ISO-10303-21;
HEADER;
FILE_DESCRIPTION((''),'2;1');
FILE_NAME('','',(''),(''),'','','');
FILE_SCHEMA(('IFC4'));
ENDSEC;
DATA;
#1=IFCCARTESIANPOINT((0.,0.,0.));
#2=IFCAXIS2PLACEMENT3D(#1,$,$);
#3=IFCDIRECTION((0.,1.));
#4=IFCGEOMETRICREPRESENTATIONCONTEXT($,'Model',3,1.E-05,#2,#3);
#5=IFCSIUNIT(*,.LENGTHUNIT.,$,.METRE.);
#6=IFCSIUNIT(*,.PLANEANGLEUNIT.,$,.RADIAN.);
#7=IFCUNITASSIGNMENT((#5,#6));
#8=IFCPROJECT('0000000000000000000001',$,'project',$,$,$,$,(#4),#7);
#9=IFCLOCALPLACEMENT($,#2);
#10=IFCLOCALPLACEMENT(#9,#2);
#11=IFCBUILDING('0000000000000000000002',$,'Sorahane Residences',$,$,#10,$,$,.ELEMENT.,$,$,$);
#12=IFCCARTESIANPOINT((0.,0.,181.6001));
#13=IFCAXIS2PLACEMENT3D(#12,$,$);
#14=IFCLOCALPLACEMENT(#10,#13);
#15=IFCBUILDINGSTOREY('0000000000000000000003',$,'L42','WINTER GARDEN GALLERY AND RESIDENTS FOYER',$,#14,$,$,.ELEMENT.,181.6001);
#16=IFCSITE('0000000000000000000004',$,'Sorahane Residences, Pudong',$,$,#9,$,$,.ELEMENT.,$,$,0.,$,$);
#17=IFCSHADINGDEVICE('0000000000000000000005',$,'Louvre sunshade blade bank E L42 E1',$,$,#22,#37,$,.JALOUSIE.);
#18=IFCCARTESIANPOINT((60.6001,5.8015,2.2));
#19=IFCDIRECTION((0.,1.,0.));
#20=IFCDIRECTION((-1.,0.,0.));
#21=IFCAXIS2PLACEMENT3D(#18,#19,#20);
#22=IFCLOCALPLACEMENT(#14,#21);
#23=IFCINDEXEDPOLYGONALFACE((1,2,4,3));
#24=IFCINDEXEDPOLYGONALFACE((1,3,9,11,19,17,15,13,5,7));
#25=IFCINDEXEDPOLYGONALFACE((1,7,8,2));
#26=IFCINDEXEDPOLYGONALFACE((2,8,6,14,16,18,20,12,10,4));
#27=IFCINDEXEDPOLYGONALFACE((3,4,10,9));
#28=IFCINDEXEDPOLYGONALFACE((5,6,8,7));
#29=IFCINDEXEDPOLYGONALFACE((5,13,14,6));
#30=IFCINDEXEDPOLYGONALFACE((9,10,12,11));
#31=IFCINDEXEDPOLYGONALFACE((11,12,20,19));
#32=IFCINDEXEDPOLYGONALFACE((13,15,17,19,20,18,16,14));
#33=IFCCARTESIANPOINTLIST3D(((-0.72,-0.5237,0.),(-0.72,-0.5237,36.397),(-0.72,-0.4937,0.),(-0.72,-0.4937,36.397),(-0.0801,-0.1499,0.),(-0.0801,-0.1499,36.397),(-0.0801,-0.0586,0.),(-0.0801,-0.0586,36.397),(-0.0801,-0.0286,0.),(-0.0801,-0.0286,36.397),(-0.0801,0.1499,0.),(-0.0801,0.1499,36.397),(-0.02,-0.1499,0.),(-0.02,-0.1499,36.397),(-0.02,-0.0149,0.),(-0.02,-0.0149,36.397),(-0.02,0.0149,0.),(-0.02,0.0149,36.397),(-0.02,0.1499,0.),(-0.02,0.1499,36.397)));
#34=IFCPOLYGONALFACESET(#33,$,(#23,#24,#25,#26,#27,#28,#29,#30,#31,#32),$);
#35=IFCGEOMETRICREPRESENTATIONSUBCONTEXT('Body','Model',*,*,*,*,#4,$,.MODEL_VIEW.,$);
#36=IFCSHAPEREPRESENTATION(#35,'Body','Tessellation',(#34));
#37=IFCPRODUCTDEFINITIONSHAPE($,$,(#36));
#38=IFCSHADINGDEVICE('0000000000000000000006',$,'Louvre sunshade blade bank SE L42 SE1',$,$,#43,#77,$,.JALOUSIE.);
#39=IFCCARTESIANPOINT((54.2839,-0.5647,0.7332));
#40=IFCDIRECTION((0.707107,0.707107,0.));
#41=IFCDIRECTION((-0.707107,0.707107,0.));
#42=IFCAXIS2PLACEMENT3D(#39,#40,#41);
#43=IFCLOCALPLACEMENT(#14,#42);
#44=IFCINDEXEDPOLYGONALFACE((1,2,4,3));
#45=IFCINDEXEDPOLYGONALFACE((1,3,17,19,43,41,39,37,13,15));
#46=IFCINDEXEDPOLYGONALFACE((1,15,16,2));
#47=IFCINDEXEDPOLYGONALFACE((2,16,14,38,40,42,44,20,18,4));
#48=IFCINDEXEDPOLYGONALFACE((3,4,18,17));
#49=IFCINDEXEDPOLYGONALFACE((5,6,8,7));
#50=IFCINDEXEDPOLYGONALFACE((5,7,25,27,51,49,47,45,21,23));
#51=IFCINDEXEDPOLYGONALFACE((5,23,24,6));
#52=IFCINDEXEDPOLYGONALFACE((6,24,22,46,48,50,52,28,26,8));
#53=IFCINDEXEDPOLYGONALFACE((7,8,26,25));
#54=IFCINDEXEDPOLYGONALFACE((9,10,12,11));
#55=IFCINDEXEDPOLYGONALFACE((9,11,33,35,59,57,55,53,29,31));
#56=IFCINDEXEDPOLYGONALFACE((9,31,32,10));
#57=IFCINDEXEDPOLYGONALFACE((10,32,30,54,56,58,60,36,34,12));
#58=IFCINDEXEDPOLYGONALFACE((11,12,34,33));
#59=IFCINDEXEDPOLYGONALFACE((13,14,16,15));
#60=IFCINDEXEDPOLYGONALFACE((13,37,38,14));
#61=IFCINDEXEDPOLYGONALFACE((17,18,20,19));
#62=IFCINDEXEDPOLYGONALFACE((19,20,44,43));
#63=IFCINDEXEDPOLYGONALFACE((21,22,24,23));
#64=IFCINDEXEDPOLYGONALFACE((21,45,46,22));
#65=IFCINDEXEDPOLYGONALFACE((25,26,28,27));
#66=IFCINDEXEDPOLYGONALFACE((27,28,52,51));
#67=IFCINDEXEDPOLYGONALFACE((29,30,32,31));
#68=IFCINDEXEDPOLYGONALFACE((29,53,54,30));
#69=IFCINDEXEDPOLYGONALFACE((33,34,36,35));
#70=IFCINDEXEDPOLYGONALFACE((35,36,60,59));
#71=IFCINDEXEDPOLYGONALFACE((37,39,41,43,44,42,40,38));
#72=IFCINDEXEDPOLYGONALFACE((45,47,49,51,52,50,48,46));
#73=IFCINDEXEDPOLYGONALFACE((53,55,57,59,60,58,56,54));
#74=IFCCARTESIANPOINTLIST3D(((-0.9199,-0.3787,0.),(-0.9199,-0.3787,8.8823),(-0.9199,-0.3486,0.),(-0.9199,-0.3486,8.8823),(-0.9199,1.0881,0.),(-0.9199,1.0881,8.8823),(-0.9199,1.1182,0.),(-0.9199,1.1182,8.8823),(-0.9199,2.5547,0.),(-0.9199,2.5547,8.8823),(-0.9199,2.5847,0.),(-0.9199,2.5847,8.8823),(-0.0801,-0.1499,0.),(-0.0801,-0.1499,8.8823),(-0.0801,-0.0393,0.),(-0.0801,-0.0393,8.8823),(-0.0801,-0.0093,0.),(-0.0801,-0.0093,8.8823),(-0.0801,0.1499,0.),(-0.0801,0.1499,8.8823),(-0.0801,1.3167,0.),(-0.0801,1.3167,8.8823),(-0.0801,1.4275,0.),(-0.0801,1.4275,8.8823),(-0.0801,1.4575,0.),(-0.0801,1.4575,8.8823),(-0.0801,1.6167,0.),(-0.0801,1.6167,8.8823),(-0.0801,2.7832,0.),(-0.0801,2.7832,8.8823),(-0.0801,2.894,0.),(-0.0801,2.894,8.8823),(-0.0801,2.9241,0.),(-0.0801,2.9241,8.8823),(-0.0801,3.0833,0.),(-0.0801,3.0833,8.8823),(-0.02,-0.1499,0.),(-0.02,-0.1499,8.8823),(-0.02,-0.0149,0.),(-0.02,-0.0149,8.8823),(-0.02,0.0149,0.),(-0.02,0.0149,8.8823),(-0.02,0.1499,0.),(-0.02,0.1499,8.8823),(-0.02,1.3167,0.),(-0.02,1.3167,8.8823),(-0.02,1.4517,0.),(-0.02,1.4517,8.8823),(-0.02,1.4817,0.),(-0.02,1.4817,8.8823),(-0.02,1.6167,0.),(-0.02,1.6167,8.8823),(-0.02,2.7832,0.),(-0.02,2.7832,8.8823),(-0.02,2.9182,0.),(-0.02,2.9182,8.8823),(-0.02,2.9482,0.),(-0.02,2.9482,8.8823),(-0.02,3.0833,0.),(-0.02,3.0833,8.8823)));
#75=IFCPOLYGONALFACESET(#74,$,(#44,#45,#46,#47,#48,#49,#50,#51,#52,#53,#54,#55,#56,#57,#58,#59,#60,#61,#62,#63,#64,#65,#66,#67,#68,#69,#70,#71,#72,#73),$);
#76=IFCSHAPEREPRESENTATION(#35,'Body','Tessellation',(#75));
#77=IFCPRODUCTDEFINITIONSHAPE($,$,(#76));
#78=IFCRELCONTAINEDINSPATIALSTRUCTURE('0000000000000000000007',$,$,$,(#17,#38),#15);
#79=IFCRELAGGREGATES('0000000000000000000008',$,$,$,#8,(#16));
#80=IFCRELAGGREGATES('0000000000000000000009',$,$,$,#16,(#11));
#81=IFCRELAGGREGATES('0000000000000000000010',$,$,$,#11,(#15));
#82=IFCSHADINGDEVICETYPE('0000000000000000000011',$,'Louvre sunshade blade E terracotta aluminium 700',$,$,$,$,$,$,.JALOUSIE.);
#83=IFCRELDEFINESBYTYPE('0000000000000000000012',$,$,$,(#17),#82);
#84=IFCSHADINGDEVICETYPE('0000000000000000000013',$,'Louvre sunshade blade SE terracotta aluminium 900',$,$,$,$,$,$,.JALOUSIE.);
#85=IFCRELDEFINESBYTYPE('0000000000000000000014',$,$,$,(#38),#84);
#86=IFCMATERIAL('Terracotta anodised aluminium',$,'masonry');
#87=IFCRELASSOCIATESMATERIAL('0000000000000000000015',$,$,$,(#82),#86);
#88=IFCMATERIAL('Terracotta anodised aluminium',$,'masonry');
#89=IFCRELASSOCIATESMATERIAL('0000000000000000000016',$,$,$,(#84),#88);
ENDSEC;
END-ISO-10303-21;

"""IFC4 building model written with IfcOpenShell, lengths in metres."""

from ifc_helpers import new_model, si_unit, direction, frame, origin, place, context, subcontext, project, spatial, polyline, outline, composite_profile, extrude, material, type_object, element, save


model = new_model("IFC4")

# Units and contexts
model_context = context("Model", 3, precision=1e-05, world=origin(), true_north=direction((0.0, 1.0)))
body_context = subcontext(model_context, "Body", "Model", "MODEL_VIEW")
ifc_project = project(units=[si_unit("LENGTHUNIT", "METRE"), si_unit("PLANEANGLEUNIT", "RADIAN")], contexts=[model_context])

# Site, building, storey
site_placement = place(None, origin())
site = spatial("IfcSite", under=ifc_project, at=site_placement, Name="Sorahane Residences, Pudong", CompositionType="ELEMENT", RefElevation=0.0)
building_placement = place(site_placement, origin())
building = spatial("IfcBuilding", under=site, at=building_placement, Name="Sorahane Residences", CompositionType="ELEMENT")
storey_placement = place(building_placement, frame((0.0, 0.0, 181.6001)))
storey = spatial("IfcBuildingStorey", under=building, at=storey_placement, Name="L42", Description="WINTER GARDEN GALLERY AND RESIDENTS FOYER", CompositionType="ELEMENT", Elevation=181.6001)

# Shading devices
ifc_material_1 = material(Name="Terracotta anodised aluminium", Category="masonry")
shading_device_type_1 = type_object("IfcShadingDeviceType", Name="Louvre sunshade blade E terracotta aluminium 700", PredefinedType="JALOUSIE", material=ifc_material_1)
shading_device_1_placement = place(storey_placement, frame((60.6001, 5.8015, 2.2), z_axis=(0.0, 1.0, 0.0), x_axis=(-1.0, 0.0, 0.0)))
element("IfcShadingDevice", 1, at=shading_device_1_placement, inside=storey, type_object=shading_device_type_1, Name="Louvre sunshade blade bank E L42 E1", PredefinedType="JALOUSIE", context=body_context, shape_type="SweptSolid", body=[
    extrude(outline(polyline([(-0.72, -0.4937), (-0.72, -0.5237), (-0.0801, -0.0586), (-0.0801, -0.1499), (-0.02, -0.1499), (-0.02, -0.0149), (-0.02, 0.0149), (-0.02, 0.1499), (-0.0801, 0.1499), (-0.0801, -0.0286), (-0.72, -0.4937)])), origin(), (0.0, 0.0, 1.0), 36.397),
])
ifc_material_2 = material(Name="Terracotta anodised aluminium", Category="masonry")
shading_device_type_2 = type_object("IfcShadingDeviceType", Name="Louvre sunshade blade SE terracotta aluminium 900", PredefinedType="JALOUSIE", material=ifc_material_2)
shading_device_2_placement = place(storey_placement, frame((54.2839, -0.5647, 0.7332), z_axis=(0.707107, 0.707107, 0.0), x_axis=(-0.707107, 0.707107, 0.0)))
element("IfcShadingDevice", 2, at=shading_device_2_placement, inside=storey, type_object=shading_device_type_2, Name="Louvre sunshade blade bank SE L42 SE1", PredefinedType="JALOUSIE", context=body_context, shape_type="SweptSolid", body=[
    extrude(composite_profile([outline(polyline([(-0.9199, -0.3486), (-0.9199, -0.3787), (-0.0801, -0.0393), (-0.0801, -0.1499), (-0.02, -0.1499), (-0.02, -0.0149), (-0.02, 0.0149), (-0.02, 0.1499), (-0.0801, 0.1499), (-0.0801, -0.0093), (-0.9199, -0.3486)])), outline(polyline([(-0.9199, 1.1182), (-0.9199, 1.0881), (-0.0801, 1.4275), (-0.0801, 1.3167), (-0.02, 1.3167), (-0.02, 1.4517), (-0.02, 1.4817), (-0.02, 1.6167), (-0.0801, 1.6167), (-0.0801, 1.4575), (-0.9199, 1.1182)])), outline(polyline([(-0.9199, 2.5847), (-0.9199, 2.5547), (-0.0801, 2.894), (-0.0801, 2.7832), (-0.02, 2.7832), (-0.02, 2.9182), (-0.02, 2.9482), (-0.02, 3.0833), (-0.0801, 3.0833), (-0.0801, 2.9241), (-0.9199, 2.5847)]))]), origin(), (0.0, 0.0, 1.0), 8.8823),
])

save(model, "model.ifc")
